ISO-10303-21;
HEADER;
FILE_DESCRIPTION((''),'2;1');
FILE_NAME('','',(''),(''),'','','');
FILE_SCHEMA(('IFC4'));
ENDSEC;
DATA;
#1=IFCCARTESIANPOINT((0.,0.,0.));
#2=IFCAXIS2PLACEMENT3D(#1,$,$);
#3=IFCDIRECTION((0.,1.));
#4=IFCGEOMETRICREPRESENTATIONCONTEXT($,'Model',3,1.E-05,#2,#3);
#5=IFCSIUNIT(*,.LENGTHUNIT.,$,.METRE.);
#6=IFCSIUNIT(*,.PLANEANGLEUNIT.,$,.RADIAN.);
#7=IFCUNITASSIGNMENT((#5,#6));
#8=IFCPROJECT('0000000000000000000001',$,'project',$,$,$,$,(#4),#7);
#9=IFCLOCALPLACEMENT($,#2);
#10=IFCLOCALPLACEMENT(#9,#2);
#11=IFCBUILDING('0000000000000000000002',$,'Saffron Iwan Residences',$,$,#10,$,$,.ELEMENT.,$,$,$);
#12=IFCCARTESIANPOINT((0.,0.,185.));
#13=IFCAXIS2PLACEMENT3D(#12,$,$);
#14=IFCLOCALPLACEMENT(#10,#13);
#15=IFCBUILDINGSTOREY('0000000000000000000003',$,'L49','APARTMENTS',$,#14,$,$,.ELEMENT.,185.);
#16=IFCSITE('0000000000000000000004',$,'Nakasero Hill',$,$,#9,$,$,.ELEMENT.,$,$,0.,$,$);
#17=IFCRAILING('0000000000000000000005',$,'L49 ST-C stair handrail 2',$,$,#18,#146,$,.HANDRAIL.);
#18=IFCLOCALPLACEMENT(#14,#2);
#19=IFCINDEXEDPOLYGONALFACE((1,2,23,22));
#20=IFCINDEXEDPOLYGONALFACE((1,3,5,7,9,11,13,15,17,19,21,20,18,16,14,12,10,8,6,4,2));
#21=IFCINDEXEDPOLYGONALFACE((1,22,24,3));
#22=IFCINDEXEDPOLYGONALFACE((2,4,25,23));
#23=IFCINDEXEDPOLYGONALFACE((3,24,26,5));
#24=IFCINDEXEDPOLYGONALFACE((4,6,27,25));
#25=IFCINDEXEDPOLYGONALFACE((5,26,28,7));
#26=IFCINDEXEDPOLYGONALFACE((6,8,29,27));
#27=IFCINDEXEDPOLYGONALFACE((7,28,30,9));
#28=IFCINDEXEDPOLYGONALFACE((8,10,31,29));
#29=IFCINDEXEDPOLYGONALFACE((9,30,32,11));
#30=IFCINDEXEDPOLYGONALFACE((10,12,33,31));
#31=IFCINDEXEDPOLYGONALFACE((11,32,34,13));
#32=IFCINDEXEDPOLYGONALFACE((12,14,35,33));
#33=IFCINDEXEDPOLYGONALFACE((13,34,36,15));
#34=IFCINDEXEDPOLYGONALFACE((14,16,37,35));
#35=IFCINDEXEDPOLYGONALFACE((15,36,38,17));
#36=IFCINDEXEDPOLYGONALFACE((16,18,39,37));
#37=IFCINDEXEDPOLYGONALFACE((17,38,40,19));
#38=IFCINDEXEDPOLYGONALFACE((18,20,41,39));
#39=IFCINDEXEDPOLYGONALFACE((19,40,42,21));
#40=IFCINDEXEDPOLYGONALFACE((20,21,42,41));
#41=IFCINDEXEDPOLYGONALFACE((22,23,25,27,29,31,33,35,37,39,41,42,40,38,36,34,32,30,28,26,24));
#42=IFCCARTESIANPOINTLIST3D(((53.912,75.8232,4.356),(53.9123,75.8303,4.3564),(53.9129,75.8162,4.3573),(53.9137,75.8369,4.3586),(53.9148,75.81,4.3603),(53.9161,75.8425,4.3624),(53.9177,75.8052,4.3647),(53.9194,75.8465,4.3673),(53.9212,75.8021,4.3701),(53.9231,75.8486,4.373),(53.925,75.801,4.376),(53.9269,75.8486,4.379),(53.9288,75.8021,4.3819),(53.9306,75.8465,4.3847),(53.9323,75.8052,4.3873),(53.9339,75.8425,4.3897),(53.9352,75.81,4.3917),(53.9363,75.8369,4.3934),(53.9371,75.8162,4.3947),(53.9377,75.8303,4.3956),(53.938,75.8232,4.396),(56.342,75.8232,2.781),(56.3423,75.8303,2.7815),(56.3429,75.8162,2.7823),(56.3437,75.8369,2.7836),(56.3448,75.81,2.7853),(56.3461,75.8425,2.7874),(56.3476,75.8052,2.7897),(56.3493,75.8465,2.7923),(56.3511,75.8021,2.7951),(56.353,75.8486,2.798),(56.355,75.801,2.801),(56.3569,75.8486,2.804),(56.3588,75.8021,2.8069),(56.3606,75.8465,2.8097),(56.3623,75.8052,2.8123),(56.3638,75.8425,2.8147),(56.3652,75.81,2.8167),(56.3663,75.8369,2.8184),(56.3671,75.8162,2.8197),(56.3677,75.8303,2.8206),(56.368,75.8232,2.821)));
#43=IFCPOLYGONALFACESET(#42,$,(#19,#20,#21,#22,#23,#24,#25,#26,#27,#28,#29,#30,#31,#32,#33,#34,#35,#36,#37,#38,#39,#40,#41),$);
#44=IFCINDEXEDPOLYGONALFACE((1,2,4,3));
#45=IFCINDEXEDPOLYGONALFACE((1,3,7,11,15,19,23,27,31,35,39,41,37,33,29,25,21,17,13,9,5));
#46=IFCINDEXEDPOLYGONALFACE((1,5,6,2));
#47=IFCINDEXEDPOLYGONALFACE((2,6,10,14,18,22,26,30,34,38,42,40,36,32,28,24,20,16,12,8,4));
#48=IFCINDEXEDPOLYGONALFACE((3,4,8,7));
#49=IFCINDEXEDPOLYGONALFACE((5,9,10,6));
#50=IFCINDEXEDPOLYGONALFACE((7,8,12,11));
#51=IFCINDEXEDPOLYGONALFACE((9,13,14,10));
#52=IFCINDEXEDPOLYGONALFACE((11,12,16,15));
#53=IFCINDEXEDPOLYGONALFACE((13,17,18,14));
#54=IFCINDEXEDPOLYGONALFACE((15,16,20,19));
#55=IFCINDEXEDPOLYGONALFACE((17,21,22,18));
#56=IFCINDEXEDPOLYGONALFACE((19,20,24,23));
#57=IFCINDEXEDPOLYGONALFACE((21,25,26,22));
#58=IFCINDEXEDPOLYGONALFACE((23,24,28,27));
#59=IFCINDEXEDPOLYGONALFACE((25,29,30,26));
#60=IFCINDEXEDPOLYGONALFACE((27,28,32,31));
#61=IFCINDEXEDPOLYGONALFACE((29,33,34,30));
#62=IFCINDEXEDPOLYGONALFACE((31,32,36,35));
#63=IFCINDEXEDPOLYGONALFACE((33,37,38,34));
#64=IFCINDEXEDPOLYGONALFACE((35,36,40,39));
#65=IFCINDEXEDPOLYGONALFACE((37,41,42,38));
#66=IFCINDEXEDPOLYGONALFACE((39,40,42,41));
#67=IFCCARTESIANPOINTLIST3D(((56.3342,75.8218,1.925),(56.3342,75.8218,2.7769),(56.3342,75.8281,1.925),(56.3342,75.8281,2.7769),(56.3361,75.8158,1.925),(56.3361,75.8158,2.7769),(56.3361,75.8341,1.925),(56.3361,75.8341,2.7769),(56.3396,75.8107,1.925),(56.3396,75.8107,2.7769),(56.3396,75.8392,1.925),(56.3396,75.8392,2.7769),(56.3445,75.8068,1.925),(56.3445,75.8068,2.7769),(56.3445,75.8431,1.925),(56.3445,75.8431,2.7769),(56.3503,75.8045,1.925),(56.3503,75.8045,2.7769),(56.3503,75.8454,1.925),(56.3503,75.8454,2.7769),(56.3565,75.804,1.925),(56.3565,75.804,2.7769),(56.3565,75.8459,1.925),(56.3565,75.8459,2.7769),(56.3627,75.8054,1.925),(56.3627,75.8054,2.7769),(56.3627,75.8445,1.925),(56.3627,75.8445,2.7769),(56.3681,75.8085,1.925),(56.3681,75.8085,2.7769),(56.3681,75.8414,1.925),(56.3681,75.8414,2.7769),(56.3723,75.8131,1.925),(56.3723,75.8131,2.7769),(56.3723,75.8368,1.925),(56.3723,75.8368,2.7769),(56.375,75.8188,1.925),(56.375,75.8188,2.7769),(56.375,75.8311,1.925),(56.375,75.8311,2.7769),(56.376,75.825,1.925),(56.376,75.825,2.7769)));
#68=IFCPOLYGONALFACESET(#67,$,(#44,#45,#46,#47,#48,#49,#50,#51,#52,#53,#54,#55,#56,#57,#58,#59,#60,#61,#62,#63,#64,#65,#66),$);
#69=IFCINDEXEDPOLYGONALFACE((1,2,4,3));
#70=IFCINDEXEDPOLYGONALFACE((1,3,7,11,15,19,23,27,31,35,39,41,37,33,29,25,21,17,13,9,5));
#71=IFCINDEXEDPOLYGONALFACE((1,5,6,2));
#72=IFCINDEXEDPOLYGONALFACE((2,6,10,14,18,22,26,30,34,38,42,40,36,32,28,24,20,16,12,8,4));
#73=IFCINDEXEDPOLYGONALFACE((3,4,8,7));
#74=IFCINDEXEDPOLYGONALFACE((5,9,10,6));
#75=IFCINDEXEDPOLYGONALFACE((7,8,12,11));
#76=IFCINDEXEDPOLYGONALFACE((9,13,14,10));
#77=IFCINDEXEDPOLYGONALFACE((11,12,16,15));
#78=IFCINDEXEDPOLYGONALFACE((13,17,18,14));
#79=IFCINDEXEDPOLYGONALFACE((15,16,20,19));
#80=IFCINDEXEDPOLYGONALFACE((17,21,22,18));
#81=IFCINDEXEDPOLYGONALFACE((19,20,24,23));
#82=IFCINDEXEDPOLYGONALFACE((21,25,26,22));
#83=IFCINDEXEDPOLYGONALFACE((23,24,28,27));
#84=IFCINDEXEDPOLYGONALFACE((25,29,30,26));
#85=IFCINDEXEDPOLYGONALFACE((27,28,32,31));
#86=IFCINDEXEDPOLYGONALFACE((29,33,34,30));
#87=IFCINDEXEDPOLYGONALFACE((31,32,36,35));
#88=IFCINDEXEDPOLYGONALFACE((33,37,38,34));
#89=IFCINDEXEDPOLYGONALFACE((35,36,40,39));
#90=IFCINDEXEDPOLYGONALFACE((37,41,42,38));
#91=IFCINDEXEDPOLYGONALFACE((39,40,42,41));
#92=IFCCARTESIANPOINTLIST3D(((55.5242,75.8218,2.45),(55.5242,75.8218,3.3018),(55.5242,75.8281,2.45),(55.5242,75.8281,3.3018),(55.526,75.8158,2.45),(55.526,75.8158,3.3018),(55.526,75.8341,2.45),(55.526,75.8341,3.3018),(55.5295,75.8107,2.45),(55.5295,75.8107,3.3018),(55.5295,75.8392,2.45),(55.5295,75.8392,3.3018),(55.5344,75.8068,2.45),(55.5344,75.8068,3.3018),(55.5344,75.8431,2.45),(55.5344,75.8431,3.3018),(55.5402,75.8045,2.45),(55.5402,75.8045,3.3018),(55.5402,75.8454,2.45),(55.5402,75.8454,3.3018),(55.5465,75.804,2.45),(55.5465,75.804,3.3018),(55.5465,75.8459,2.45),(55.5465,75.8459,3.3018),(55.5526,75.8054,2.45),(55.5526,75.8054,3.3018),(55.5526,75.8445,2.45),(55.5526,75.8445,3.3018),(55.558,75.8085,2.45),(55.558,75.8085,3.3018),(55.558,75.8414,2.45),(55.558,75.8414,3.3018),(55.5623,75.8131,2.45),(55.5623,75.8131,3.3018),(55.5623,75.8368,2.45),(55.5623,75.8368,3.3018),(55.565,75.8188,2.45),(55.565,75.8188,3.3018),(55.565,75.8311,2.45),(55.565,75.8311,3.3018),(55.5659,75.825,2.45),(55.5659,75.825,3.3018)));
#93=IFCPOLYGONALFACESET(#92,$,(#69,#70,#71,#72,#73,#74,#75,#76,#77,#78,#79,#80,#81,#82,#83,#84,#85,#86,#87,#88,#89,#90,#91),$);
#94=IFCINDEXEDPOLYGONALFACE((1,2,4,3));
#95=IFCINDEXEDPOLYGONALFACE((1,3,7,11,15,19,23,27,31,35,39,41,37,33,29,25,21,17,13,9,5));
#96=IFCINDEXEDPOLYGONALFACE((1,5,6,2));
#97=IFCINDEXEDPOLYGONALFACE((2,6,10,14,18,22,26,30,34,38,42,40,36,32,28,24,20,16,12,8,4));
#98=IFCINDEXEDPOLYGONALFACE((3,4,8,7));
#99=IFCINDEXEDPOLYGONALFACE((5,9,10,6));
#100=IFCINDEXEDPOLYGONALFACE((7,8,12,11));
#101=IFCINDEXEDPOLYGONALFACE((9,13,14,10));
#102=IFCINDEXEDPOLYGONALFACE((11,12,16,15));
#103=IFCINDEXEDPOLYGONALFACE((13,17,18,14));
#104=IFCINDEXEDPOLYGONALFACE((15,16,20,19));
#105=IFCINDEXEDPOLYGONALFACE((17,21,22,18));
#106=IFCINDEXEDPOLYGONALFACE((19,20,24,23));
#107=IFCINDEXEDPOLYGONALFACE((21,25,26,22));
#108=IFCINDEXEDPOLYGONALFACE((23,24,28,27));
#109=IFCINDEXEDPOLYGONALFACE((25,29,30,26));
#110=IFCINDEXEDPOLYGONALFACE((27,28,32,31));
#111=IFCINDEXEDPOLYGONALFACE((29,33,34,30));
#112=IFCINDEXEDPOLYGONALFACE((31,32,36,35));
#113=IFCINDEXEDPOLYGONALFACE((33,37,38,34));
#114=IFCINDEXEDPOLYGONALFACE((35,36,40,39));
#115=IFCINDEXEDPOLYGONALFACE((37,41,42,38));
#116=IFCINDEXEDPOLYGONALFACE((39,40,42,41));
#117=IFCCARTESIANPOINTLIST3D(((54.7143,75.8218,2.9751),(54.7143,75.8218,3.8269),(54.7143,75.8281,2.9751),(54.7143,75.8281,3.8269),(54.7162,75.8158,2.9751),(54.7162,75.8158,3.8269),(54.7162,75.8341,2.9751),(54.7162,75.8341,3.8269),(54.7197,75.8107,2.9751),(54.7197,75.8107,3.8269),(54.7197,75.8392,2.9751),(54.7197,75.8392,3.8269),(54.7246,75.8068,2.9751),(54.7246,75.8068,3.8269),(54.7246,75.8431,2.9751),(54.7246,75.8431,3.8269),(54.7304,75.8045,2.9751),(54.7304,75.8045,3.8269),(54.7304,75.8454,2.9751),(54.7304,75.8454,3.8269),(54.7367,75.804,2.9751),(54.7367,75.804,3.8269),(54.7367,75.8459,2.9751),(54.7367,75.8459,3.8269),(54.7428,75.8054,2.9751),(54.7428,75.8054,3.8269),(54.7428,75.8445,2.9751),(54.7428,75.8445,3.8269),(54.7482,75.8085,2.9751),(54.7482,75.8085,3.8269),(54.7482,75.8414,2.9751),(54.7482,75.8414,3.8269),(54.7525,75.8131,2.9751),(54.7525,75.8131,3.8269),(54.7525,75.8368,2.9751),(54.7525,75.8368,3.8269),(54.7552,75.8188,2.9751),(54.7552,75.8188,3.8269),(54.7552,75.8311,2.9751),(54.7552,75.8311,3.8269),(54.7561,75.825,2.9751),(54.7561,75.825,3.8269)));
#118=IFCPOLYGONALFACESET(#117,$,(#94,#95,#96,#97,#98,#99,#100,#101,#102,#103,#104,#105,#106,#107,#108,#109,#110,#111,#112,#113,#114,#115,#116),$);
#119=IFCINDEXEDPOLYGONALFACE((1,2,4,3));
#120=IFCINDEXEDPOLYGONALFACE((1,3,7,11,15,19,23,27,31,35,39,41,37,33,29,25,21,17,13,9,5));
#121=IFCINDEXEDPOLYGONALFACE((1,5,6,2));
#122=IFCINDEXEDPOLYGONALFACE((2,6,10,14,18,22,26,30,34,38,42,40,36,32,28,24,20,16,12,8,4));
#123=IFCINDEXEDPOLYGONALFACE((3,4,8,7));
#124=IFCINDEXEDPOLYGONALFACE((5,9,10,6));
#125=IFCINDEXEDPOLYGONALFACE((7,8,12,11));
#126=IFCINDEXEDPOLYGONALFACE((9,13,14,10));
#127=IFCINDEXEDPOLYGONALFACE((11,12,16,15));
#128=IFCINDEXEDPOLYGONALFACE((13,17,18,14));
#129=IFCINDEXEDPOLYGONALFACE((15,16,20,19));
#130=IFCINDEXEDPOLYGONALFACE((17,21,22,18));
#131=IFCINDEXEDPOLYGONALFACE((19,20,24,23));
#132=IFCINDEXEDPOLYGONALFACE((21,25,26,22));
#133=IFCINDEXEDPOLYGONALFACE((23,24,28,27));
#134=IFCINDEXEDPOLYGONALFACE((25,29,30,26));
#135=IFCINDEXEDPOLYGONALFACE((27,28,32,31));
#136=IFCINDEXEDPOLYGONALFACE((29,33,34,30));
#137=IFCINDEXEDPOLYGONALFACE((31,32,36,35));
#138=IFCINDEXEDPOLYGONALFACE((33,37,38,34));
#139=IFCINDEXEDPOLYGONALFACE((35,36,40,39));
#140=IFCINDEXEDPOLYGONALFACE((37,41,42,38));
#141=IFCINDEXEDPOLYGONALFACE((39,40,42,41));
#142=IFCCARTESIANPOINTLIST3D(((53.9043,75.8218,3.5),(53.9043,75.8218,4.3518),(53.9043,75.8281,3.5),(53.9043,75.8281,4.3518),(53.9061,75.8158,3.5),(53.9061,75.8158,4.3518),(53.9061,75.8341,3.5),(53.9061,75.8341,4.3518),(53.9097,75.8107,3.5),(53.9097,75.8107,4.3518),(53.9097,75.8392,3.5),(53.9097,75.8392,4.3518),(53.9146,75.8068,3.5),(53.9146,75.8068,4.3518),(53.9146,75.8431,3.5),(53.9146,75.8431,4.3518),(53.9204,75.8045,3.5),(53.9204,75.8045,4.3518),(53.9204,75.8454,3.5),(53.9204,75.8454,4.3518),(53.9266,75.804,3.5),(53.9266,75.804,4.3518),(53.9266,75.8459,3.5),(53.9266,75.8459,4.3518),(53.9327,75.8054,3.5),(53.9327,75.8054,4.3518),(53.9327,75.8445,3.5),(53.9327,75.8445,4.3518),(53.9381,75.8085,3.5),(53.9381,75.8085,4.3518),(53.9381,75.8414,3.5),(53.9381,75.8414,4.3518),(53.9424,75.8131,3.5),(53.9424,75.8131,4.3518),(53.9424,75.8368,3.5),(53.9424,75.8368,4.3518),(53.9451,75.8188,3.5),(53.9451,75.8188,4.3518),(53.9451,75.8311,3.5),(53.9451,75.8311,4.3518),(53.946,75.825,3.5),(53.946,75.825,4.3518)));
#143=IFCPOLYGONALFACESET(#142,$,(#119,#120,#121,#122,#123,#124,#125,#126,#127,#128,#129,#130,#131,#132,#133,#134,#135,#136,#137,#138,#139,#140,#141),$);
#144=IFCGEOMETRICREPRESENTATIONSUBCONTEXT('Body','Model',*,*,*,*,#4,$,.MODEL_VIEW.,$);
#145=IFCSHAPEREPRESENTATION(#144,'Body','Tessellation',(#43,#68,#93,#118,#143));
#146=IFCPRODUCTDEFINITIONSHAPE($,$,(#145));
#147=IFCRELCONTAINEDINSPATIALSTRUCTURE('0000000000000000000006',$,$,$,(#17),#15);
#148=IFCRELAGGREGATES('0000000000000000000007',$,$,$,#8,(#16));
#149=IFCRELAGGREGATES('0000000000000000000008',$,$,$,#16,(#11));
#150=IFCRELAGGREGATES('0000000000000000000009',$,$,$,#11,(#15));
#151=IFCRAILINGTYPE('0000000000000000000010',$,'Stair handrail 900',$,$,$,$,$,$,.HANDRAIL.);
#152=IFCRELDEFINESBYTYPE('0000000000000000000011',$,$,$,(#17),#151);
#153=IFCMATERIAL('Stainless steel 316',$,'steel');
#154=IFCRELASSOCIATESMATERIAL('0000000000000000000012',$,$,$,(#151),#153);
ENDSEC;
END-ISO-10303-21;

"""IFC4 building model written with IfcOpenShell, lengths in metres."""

from ifc_helpers import new_model, si_unit, direction, frame, origin, origin_2d, place, context, subcontext, project, spatial, circle, extrude, material, type_object, element, save


model = new_model("IFC4")

# Units and contexts
model_context = context("Model", 3, precision=1e-05, world=origin(), true_north=direction((0.0, 1.0)))
body_context = subcontext(model_context, "Body", "Model", "MODEL_VIEW")
ifc_project = project(units=[si_unit("LENGTHUNIT", "METRE"), si_unit("PLANEANGLEUNIT", "RADIAN")], contexts=[model_context])

# Site, building, storey
site_placement = place(None, origin())
site = spatial("IfcSite", under=ifc_project, at=site_placement, Name="Nakasero Hill", CompositionType="ELEMENT", RefElevation=0.0)
building_placement = place(site_placement, origin())
building = spatial("IfcBuilding", under=site, at=building_placement, Name="Saffron Iwan Residences", CompositionType="ELEMENT")
storey_placement = place(building_placement, frame((0.0, 0.0, 185.0)))
storey = spatial("IfcBuildingStorey", under=building, at=storey_placement, Name="L49", Description="APARTMENTS", CompositionType="ELEMENT", Elevation=185.0)

# Railing
ifc_material_1 = material(Name="Stainless steel 316", Category="steel")
railing_type = type_object("IfcRailingType", Name="Stair handrail 900", PredefinedType="HANDRAIL", material=ifc_material_1)
railing_1_placement = place(storey_placement, frame((56.355, 75.825, 1.925)))
element("IfcRailing", 1, at=railing_1_placement, inside=storey, type_object=railing_type, Name="L49 ST-C stair handrail 2", PredefinedType="HANDRAIL", context=body_context, shape_type="SweptSolid", body=[
    extrude(circle(Radius=0.0239, at=origin_2d()), frame((0.0, 0.0, 0.876), z_axis=(-0.839154, 0.0, 0.543894), x_axis=(0.0, -1.0, 0.0)), (0.0, 0.0, 1.0), 2.8958),
    extrude(circle(Radius=0.021, at=origin_2d()), origin(), (0.0, 0.0, 1.0), 0.8518),
    extrude(circle(Radius=0.021, at=origin_2d()), frame((-0.8101, 0.0, 0.5249)), (0.0, 0.0, 1.0), 0.8518),
    extrude(circle(Radius=0.021, at=origin_2d()), frame((-1.6199, 0.0, 1.05)), (0.0, 0.0, 1.0), 0.8518),
    extrude(circle(Radius=0.021, at=origin_2d()), frame((-2.4299, 0.0, 1.575)), (0.0, 0.0, 1.0), 0.8518),
])

save(model, "model.ifc")
